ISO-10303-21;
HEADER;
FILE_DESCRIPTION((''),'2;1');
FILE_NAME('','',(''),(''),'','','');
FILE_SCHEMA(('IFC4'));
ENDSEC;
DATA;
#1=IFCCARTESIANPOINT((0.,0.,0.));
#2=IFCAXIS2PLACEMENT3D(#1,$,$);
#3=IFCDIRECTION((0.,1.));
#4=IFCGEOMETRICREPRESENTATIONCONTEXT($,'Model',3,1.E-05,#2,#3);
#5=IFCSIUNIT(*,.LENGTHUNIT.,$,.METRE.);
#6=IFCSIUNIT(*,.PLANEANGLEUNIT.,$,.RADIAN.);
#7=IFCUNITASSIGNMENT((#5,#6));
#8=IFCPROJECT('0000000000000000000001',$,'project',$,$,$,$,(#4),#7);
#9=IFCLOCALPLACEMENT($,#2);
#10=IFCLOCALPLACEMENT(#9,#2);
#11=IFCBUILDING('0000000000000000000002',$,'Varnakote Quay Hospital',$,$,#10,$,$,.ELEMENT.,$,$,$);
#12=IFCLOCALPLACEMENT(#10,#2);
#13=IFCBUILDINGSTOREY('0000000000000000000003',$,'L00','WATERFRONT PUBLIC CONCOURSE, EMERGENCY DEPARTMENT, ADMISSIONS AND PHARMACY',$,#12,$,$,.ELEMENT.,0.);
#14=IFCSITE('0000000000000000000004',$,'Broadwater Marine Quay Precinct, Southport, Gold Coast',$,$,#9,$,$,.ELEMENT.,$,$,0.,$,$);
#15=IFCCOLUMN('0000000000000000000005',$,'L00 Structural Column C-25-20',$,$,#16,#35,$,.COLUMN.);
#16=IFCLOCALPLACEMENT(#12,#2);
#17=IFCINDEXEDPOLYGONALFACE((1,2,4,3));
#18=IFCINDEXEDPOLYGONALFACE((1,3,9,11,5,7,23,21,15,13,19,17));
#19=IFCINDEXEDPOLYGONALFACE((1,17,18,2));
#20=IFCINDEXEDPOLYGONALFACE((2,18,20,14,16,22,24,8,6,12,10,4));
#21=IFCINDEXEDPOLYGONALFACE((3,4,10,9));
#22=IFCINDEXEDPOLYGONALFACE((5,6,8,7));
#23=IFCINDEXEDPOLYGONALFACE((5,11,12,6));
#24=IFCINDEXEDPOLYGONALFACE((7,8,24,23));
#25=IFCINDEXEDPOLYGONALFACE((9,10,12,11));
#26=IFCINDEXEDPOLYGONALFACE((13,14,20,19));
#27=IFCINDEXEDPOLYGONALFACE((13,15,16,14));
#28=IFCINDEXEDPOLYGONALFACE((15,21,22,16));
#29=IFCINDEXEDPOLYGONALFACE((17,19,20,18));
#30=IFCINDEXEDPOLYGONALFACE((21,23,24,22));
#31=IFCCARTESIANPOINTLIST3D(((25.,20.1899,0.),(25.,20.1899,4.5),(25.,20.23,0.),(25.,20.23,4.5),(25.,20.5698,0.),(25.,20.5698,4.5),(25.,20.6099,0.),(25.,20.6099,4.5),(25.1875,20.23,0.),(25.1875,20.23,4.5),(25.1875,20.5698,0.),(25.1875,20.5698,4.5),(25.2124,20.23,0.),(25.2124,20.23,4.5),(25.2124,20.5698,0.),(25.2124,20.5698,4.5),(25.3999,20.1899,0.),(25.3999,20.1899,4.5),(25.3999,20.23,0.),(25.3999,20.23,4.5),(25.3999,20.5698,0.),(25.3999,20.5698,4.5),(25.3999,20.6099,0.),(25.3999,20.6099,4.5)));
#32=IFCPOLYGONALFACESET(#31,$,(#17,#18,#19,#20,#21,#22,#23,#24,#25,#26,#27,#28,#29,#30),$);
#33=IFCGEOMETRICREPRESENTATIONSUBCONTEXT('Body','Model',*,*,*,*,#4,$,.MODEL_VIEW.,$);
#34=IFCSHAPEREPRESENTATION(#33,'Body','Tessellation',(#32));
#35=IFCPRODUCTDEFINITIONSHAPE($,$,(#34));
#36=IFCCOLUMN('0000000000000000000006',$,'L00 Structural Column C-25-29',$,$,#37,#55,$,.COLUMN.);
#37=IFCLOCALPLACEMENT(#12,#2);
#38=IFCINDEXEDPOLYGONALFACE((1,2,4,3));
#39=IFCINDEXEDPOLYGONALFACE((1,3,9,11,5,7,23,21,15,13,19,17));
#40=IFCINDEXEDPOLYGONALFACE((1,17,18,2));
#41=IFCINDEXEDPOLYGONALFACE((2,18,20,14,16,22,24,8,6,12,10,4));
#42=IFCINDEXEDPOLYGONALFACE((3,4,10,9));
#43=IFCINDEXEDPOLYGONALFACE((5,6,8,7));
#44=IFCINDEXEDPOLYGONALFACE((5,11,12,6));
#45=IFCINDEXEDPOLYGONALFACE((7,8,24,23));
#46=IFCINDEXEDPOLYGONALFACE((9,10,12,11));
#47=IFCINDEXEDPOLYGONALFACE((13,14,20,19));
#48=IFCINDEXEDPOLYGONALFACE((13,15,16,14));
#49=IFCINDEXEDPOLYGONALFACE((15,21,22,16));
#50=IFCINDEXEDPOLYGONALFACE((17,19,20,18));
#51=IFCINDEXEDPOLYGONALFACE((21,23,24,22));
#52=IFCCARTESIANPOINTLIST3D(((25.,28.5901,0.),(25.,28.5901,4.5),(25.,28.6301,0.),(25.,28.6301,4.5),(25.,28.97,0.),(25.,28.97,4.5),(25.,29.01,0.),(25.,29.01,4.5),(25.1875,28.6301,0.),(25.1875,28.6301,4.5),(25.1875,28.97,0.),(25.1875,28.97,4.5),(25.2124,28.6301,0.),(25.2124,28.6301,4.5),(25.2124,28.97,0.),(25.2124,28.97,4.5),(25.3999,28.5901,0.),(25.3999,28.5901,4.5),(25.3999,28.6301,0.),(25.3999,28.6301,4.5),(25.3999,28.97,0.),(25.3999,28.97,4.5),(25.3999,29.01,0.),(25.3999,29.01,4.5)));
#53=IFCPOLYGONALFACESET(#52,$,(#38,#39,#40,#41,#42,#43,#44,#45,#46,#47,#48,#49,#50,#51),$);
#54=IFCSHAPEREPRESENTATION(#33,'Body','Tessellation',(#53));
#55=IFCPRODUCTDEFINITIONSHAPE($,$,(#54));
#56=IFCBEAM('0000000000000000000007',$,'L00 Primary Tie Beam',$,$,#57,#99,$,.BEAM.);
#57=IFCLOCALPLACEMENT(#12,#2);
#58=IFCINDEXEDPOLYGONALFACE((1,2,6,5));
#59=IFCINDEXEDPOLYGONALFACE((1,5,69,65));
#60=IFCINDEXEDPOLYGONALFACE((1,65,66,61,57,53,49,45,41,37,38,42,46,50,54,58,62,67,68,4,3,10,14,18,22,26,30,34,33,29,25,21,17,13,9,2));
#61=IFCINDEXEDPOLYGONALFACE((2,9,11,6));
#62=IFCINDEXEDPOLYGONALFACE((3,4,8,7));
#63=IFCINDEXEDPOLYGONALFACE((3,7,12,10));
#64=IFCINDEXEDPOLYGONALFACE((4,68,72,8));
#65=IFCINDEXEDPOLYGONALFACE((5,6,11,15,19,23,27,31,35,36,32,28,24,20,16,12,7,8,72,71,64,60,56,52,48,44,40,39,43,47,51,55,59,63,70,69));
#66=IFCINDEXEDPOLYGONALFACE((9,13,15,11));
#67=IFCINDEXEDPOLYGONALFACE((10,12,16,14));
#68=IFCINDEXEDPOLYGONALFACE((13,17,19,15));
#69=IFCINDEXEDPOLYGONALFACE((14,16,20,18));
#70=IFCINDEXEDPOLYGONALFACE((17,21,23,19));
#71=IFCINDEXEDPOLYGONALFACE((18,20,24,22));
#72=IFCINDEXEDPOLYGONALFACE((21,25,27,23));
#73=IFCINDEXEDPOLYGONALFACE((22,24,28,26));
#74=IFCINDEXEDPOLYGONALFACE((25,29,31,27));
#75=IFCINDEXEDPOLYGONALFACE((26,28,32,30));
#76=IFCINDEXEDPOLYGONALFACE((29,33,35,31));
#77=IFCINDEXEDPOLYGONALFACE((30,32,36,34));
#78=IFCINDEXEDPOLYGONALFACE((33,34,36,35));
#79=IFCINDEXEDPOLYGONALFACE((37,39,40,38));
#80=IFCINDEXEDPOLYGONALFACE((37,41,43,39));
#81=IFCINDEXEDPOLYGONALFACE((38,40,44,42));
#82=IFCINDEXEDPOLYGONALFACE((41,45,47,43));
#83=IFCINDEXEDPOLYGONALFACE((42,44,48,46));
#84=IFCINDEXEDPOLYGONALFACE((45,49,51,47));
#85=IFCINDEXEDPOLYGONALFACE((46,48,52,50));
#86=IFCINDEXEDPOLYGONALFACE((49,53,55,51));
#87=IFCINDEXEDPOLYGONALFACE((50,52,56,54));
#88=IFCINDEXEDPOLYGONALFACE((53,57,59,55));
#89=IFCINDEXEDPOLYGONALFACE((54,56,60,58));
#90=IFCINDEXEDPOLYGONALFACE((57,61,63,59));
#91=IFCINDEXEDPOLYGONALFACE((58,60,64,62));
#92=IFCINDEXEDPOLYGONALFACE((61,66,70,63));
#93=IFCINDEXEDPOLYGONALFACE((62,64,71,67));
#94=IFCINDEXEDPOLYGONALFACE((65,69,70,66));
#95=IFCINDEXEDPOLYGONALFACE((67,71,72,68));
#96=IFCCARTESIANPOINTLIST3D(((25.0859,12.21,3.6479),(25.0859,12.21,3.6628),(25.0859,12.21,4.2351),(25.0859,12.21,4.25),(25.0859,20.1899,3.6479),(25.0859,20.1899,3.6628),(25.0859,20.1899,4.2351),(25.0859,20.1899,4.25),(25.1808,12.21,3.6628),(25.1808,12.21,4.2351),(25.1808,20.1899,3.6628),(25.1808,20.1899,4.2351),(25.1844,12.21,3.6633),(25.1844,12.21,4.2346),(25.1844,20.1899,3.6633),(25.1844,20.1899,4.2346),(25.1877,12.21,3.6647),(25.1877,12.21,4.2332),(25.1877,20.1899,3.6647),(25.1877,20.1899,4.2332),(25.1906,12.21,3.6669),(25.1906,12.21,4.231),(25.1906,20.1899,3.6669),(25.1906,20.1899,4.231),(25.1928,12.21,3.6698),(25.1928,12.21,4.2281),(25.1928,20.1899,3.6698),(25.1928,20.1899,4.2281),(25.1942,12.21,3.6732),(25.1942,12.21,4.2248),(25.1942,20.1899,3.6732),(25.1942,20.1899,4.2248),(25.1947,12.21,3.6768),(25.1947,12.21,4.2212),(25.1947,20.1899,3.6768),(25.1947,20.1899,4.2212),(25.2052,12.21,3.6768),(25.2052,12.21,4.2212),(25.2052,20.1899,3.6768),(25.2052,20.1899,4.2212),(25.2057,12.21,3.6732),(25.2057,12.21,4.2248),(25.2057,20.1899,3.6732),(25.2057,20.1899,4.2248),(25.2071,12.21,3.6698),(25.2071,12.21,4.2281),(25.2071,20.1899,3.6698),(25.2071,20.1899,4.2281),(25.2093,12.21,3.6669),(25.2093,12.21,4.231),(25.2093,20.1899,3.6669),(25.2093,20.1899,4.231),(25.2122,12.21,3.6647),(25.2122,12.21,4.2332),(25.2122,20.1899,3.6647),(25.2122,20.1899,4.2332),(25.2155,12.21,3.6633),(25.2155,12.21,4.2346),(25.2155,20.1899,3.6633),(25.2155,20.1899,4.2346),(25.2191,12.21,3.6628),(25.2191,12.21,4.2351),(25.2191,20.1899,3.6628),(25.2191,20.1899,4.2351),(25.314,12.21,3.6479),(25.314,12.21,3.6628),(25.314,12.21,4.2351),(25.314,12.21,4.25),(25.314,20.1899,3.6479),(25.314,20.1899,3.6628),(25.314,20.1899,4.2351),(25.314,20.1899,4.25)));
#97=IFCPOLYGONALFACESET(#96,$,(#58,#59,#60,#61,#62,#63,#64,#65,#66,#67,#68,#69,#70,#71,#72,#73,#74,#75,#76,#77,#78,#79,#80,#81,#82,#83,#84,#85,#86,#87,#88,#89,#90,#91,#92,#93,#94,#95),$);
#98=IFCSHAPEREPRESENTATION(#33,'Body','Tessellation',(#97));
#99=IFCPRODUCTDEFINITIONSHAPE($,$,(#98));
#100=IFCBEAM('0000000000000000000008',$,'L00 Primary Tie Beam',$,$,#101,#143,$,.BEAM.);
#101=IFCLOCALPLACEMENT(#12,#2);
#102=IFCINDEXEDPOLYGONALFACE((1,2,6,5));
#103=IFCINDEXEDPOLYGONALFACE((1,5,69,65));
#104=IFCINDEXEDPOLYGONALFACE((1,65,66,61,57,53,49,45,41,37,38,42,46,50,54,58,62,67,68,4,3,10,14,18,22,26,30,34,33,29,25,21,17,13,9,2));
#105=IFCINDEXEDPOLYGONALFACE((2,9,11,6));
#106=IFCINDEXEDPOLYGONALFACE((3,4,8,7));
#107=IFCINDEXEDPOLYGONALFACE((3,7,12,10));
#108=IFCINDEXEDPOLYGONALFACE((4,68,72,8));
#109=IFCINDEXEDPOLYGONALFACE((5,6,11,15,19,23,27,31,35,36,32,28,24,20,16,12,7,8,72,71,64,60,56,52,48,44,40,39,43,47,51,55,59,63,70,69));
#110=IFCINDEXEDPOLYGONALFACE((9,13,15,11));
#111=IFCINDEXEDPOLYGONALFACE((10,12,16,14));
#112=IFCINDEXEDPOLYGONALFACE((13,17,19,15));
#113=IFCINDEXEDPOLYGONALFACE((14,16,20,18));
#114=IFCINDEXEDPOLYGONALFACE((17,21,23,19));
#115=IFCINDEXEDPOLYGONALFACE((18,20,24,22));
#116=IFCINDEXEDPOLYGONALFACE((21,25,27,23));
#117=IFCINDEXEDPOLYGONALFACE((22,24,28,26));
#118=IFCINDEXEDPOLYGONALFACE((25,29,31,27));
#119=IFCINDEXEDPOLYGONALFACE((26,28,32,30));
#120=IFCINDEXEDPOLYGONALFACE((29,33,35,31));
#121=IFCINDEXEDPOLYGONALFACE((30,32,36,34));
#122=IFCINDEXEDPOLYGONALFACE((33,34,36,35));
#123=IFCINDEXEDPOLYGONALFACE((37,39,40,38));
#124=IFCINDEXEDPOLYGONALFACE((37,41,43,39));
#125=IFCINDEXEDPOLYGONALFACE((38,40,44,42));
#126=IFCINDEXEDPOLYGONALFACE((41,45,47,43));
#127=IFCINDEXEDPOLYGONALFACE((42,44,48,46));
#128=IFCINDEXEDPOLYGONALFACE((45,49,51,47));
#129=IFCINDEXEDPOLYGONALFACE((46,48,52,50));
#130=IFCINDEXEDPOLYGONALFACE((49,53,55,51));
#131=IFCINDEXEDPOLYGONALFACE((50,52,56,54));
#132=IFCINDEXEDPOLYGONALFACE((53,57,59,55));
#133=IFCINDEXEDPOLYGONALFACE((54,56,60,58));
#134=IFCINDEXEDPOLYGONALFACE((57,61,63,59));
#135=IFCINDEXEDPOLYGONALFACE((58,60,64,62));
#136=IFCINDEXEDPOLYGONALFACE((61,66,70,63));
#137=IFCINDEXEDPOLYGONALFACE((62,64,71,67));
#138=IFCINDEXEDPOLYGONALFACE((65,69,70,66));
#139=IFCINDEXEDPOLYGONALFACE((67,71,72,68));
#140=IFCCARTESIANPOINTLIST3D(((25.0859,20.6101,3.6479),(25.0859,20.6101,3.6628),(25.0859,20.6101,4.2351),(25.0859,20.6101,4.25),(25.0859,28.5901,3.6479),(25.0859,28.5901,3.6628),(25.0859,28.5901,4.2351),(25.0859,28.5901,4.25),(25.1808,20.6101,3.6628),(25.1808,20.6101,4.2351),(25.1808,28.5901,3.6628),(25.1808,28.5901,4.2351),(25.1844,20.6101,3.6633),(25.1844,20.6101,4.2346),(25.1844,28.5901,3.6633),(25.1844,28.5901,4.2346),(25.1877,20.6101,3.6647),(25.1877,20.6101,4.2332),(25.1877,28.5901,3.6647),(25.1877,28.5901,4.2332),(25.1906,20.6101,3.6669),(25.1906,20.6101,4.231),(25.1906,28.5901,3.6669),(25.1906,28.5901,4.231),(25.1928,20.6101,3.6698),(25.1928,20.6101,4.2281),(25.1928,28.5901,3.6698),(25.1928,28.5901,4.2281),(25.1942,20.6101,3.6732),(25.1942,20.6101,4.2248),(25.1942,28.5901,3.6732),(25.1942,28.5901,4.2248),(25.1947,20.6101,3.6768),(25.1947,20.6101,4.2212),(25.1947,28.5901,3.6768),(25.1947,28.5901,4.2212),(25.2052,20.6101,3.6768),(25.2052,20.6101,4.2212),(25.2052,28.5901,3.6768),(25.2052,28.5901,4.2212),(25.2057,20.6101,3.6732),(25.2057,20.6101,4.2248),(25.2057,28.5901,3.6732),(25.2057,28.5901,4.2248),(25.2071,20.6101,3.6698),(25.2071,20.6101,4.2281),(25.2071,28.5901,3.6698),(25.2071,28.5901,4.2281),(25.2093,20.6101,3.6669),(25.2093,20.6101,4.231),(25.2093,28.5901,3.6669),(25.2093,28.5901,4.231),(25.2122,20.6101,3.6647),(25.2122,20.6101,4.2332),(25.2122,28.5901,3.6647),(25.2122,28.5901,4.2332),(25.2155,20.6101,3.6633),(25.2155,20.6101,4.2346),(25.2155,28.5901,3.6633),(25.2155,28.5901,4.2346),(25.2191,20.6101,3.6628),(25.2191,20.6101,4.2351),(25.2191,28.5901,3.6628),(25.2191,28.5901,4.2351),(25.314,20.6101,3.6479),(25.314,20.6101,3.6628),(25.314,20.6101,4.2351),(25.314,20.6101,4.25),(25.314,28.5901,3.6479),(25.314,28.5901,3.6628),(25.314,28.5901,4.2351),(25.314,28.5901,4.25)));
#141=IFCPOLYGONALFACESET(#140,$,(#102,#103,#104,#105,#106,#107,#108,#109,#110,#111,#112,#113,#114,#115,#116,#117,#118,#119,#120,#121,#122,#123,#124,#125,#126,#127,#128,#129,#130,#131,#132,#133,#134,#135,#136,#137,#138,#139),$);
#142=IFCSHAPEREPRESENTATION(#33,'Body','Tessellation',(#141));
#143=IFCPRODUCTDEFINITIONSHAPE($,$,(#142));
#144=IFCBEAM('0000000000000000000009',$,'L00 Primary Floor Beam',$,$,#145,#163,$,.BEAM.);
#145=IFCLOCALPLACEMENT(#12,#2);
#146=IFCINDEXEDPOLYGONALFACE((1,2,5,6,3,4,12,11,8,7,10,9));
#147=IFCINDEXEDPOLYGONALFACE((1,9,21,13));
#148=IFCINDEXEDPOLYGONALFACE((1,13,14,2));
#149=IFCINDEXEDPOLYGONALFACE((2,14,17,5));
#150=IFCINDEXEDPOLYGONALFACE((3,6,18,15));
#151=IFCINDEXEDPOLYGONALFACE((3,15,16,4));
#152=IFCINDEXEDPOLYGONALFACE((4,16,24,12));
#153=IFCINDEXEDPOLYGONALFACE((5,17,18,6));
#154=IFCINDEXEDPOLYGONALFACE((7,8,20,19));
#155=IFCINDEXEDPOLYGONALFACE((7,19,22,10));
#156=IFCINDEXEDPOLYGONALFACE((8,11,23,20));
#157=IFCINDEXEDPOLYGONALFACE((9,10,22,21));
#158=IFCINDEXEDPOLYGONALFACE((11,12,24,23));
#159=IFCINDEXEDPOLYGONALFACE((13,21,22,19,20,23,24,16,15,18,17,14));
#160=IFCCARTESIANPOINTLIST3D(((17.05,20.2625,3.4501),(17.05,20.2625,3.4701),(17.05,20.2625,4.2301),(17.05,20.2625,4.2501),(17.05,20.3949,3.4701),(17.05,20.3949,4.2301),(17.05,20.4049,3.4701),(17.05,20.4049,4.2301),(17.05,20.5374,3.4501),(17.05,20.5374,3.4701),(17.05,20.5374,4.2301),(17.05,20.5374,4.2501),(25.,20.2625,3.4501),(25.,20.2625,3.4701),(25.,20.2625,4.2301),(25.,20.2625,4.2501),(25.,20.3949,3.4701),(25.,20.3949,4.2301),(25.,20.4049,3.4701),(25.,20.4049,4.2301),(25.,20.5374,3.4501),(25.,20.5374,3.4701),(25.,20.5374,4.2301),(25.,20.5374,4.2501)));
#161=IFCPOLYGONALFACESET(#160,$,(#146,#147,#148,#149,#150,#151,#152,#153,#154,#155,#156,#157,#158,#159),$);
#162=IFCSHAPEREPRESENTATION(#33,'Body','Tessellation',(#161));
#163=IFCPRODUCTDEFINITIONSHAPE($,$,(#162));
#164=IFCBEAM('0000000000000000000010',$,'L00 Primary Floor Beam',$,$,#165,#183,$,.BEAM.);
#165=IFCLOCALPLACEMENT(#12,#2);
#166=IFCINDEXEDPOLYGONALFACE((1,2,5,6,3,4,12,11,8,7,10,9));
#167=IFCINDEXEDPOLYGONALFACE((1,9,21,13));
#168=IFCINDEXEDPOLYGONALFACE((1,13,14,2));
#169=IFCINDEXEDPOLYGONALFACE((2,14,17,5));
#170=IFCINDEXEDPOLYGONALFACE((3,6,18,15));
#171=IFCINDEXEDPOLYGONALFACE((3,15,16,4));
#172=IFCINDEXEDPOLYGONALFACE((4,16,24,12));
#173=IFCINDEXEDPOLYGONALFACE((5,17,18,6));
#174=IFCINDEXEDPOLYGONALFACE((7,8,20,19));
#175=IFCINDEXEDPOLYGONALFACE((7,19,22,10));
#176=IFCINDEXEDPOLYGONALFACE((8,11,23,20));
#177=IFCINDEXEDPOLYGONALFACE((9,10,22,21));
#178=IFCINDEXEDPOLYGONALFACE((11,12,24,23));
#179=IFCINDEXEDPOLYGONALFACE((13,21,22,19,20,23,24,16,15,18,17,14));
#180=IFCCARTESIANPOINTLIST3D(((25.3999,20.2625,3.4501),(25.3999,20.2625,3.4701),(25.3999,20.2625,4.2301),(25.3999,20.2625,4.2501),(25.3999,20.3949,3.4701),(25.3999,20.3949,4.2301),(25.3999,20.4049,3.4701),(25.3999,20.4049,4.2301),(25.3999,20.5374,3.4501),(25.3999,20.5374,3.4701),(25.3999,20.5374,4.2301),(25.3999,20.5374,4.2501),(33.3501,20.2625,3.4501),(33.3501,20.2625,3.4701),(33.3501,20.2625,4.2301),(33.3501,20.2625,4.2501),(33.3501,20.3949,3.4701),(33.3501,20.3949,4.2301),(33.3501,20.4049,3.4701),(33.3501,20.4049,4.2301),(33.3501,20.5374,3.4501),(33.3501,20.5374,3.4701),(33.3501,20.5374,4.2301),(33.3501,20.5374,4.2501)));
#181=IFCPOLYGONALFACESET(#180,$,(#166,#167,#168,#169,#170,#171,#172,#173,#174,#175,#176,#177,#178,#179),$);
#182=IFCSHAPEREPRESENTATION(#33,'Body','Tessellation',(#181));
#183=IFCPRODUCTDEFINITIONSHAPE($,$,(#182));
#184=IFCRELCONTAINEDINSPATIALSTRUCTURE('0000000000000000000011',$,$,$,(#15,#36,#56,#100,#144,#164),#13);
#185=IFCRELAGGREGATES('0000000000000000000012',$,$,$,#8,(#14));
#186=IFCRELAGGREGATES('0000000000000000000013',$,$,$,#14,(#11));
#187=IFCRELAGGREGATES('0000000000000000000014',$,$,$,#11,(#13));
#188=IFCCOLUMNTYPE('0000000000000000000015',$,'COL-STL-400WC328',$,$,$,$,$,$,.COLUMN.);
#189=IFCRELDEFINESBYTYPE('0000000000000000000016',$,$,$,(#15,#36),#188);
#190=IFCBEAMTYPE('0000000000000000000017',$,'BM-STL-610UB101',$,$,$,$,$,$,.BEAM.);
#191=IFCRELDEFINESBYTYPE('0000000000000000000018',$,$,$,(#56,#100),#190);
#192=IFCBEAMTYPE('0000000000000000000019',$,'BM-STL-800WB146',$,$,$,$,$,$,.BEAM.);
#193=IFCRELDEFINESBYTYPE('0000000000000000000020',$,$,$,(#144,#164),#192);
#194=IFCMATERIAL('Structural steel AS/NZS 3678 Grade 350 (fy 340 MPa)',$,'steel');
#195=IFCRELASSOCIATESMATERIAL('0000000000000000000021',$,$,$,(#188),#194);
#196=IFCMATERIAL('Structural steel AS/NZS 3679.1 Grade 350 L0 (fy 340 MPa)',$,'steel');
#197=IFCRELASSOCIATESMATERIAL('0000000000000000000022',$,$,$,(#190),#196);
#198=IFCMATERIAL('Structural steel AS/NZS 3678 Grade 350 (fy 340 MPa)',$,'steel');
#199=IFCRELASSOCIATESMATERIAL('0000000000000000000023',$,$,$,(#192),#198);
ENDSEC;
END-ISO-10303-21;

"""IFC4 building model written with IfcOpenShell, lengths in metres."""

from ifc_helpers import new_model, si_unit, direction, frame, origin, origin_2d, place, context, subcontext, project, spatial, i_section, extrude, material, material_profile, profile_set, type_object, element, save


model = new_model("IFC4")

# Units and contexts
model_context = context("Model", 3, precision=1e-05, world=origin(), true_north=direction((0.0, 1.0)))
body_context = subcontext(model_context, "Body", "Model", "MODEL_VIEW")
ifc_project = project(units=[si_unit("LENGTHUNIT", "METRE"), si_unit("PLANEANGLEUNIT", "RADIAN")], contexts=[model_context])

# Site, building, storey
site_placement = place(None, origin())
site = spatial("IfcSite", under=ifc_project, at=site_placement, Name="Broadwater Marine Quay Precinct, Southport, Gold Coast", CompositionType="ELEMENT", RefElevation=0.0)
building_placement = place(site_placement, origin())
building = spatial("IfcBuilding", under=site, at=building_placement, Name="Varnakote Quay Hospital", CompositionType="ELEMENT")
storey_placement = place(building_placement, origin())
storey = spatial("IfcBuildingStorey", under=building, at=storey_placement, Name="L00", Description="WATERFRONT PUBLIC CONCOURSE, EMERGENCY DEPARTMENT, ADMISSIONS AND PHARMACY", CompositionType="ELEMENT", Elevation=0.0)

# Columns
ifc_material_1 = material(Name="Structural steel AS/NZS 3678 Grade 350 (fy 340 MPa)", Category="steel")
ifc_material_profile_1 = material_profile(ifc_material_1, i_section(OverallWidth=0.3999, OverallDepth=0.4199, WebThickness=0.0249, FlangeThickness=0.04, at=origin_2d()), Name="400WC328")
ifc_profile_set_1 = profile_set([ifc_material_profile_1], Name="Structural steel AS/NZS 3678 Grade 350 (fy 340 MPa)")
column_type = type_object("IfcColumnType", Name="COL-STL-400WC328", PredefinedType="COLUMN", material=ifc_profile_set_1)
for number, where, z_axis, x_axis, name in (
    (1, (25.2, 20.3999, 0.0), (0.0, 0.0, 1.0), (1.0, 0.0, 0.0), "L00 Structural Column C-25-20"),
    (2, (25.2, 28.8, 0.0), (0.0, 0.0, 1.0), (1.0, 0.0, 0.0), "L00 Structural Column C-25-29"),
):
    element("IfcColumn", number, at=place(storey_placement, frame(where, z_axis=z_axis, x_axis=x_axis)), inside=storey, type_object=column_type, Name=name, PredefinedType="COLUMN", context=body_context, shape_type="SweptSolid", body=[
        extrude(i_section(OverallWidth=0.3999, OverallDepth=0.4199, WebThickness=0.0249, FlangeThickness=0.04, at=origin_2d()), origin(), (0.0, 0.0, 1.0), 4.5),
    ])

# Beams
ifc_material_2 = material(Name="Structural steel AS/NZS 3679.1 Grade 350 L0 (fy 340 MPa)", Category="steel")
ifc_material_profile_2 = material_profile(ifc_material_2, i_section(OverallWidth=0.228, OverallDepth=0.6021, WebThickness=0.0105, FlangeThickness=0.0149, FilletRadius=0.0139, at=origin_2d()), Name="610UB101")
ifc_profile_set_2 = profile_set([ifc_material_profile_2], Name="Structural steel AS/NZS 3679.1 Grade 350 L0 (fy 340 MPa)")
beam_type_1 = type_object("IfcBeamType", Name="BM-STL-610UB101", PredefinedType="BEAM", material=ifc_profile_set_2)
for number, where, z_axis, x_axis, name in (
    (3, (25.2, 12.21, 3.949), (0.0, 1.0, 0.0), (-1.0, 0.0, 0.0), "L00 Primary Tie Beam"),
    (4, (25.2, 20.6101, 3.949), (0.0, 1.0, 0.0), (-1.0, 0.0, 0.0), "L00 Primary Tie Beam"),
):
    element("IfcBeam", number, at=place(storey_placement, frame(where, z_axis=z_axis, x_axis=x_axis)), inside=storey, type_object=beam_type_1, Name=name, PredefinedType="BEAM", context=body_context, shape_type="SweptSolid", body=[
        extrude(i_section(OverallWidth=0.228, OverallDepth=0.6021, WebThickness=0.0105, FlangeThickness=0.0149, FilletRadius=0.0139, at=origin_2d()), origin(), (0.0, 0.0, 1.0), 7.98),
    ])
ifc_material_3 = material(Name="Structural steel AS/NZS 3678 Grade 350 (fy 340 MPa)", Category="steel")
ifc_material_profile_3 = material_profile(ifc_material_3, i_section(OverallWidth=0.2749, OverallDepth=0.8, WebThickness=0.01, FlangeThickness=0.02, at=origin_2d()), Name="800WB146")
ifc_profile_set_3 = profile_set([ifc_material_profile_3], Name="Structural steel AS/NZS 3678 Grade 350 (fy 340 MPa)")
beam_type_2 = type_object("IfcBeamType", Name="BM-STL-800WB146", PredefinedType="BEAM", material=ifc_profile_set_3)
beam_1_placement = place(storey_placement, frame((17.05, 20.3999, 3.8501), z_axis=(1.0, 0.0, 0.0), x_axis=(0.0, 1.0, 0.0)))
element("IfcBeam", 5, at=beam_1_placement, inside=storey, type_object=beam_type_2, Name="L00 Primary Floor Beam", PredefinedType="BEAM", context=body_context, shape_type="SweptSolid", body=[
    extrude(i_section(OverallWidth=0.2749, OverallDepth=0.8, WebThickness=0.01, FlangeThickness=0.02, at=origin_2d()), origin(), (0.0, 0.0, 1.0), 7.95),
])
beam_2_placement = place(storey_placement, frame((25.3999, 20.3999, 3.8501), z_axis=(1.0, 0.0, 0.0), x_axis=(0.0, 1.0, 0.0)))
element("IfcBeam", 6, at=beam_2_placement, inside=storey, type_object=beam_type_2, Name="L00 Primary Floor Beam", PredefinedType="BEAM", context=body_context, shape_type="SweptSolid", body=[
    extrude(i_section(OverallWidth=0.2749, OverallDepth=0.8, WebThickness=0.01, FlangeThickness=0.02, at=origin_2d()), origin(), (0.0, 0.0, 1.0), 7.9502),
])

save(model, "model.ifc")
